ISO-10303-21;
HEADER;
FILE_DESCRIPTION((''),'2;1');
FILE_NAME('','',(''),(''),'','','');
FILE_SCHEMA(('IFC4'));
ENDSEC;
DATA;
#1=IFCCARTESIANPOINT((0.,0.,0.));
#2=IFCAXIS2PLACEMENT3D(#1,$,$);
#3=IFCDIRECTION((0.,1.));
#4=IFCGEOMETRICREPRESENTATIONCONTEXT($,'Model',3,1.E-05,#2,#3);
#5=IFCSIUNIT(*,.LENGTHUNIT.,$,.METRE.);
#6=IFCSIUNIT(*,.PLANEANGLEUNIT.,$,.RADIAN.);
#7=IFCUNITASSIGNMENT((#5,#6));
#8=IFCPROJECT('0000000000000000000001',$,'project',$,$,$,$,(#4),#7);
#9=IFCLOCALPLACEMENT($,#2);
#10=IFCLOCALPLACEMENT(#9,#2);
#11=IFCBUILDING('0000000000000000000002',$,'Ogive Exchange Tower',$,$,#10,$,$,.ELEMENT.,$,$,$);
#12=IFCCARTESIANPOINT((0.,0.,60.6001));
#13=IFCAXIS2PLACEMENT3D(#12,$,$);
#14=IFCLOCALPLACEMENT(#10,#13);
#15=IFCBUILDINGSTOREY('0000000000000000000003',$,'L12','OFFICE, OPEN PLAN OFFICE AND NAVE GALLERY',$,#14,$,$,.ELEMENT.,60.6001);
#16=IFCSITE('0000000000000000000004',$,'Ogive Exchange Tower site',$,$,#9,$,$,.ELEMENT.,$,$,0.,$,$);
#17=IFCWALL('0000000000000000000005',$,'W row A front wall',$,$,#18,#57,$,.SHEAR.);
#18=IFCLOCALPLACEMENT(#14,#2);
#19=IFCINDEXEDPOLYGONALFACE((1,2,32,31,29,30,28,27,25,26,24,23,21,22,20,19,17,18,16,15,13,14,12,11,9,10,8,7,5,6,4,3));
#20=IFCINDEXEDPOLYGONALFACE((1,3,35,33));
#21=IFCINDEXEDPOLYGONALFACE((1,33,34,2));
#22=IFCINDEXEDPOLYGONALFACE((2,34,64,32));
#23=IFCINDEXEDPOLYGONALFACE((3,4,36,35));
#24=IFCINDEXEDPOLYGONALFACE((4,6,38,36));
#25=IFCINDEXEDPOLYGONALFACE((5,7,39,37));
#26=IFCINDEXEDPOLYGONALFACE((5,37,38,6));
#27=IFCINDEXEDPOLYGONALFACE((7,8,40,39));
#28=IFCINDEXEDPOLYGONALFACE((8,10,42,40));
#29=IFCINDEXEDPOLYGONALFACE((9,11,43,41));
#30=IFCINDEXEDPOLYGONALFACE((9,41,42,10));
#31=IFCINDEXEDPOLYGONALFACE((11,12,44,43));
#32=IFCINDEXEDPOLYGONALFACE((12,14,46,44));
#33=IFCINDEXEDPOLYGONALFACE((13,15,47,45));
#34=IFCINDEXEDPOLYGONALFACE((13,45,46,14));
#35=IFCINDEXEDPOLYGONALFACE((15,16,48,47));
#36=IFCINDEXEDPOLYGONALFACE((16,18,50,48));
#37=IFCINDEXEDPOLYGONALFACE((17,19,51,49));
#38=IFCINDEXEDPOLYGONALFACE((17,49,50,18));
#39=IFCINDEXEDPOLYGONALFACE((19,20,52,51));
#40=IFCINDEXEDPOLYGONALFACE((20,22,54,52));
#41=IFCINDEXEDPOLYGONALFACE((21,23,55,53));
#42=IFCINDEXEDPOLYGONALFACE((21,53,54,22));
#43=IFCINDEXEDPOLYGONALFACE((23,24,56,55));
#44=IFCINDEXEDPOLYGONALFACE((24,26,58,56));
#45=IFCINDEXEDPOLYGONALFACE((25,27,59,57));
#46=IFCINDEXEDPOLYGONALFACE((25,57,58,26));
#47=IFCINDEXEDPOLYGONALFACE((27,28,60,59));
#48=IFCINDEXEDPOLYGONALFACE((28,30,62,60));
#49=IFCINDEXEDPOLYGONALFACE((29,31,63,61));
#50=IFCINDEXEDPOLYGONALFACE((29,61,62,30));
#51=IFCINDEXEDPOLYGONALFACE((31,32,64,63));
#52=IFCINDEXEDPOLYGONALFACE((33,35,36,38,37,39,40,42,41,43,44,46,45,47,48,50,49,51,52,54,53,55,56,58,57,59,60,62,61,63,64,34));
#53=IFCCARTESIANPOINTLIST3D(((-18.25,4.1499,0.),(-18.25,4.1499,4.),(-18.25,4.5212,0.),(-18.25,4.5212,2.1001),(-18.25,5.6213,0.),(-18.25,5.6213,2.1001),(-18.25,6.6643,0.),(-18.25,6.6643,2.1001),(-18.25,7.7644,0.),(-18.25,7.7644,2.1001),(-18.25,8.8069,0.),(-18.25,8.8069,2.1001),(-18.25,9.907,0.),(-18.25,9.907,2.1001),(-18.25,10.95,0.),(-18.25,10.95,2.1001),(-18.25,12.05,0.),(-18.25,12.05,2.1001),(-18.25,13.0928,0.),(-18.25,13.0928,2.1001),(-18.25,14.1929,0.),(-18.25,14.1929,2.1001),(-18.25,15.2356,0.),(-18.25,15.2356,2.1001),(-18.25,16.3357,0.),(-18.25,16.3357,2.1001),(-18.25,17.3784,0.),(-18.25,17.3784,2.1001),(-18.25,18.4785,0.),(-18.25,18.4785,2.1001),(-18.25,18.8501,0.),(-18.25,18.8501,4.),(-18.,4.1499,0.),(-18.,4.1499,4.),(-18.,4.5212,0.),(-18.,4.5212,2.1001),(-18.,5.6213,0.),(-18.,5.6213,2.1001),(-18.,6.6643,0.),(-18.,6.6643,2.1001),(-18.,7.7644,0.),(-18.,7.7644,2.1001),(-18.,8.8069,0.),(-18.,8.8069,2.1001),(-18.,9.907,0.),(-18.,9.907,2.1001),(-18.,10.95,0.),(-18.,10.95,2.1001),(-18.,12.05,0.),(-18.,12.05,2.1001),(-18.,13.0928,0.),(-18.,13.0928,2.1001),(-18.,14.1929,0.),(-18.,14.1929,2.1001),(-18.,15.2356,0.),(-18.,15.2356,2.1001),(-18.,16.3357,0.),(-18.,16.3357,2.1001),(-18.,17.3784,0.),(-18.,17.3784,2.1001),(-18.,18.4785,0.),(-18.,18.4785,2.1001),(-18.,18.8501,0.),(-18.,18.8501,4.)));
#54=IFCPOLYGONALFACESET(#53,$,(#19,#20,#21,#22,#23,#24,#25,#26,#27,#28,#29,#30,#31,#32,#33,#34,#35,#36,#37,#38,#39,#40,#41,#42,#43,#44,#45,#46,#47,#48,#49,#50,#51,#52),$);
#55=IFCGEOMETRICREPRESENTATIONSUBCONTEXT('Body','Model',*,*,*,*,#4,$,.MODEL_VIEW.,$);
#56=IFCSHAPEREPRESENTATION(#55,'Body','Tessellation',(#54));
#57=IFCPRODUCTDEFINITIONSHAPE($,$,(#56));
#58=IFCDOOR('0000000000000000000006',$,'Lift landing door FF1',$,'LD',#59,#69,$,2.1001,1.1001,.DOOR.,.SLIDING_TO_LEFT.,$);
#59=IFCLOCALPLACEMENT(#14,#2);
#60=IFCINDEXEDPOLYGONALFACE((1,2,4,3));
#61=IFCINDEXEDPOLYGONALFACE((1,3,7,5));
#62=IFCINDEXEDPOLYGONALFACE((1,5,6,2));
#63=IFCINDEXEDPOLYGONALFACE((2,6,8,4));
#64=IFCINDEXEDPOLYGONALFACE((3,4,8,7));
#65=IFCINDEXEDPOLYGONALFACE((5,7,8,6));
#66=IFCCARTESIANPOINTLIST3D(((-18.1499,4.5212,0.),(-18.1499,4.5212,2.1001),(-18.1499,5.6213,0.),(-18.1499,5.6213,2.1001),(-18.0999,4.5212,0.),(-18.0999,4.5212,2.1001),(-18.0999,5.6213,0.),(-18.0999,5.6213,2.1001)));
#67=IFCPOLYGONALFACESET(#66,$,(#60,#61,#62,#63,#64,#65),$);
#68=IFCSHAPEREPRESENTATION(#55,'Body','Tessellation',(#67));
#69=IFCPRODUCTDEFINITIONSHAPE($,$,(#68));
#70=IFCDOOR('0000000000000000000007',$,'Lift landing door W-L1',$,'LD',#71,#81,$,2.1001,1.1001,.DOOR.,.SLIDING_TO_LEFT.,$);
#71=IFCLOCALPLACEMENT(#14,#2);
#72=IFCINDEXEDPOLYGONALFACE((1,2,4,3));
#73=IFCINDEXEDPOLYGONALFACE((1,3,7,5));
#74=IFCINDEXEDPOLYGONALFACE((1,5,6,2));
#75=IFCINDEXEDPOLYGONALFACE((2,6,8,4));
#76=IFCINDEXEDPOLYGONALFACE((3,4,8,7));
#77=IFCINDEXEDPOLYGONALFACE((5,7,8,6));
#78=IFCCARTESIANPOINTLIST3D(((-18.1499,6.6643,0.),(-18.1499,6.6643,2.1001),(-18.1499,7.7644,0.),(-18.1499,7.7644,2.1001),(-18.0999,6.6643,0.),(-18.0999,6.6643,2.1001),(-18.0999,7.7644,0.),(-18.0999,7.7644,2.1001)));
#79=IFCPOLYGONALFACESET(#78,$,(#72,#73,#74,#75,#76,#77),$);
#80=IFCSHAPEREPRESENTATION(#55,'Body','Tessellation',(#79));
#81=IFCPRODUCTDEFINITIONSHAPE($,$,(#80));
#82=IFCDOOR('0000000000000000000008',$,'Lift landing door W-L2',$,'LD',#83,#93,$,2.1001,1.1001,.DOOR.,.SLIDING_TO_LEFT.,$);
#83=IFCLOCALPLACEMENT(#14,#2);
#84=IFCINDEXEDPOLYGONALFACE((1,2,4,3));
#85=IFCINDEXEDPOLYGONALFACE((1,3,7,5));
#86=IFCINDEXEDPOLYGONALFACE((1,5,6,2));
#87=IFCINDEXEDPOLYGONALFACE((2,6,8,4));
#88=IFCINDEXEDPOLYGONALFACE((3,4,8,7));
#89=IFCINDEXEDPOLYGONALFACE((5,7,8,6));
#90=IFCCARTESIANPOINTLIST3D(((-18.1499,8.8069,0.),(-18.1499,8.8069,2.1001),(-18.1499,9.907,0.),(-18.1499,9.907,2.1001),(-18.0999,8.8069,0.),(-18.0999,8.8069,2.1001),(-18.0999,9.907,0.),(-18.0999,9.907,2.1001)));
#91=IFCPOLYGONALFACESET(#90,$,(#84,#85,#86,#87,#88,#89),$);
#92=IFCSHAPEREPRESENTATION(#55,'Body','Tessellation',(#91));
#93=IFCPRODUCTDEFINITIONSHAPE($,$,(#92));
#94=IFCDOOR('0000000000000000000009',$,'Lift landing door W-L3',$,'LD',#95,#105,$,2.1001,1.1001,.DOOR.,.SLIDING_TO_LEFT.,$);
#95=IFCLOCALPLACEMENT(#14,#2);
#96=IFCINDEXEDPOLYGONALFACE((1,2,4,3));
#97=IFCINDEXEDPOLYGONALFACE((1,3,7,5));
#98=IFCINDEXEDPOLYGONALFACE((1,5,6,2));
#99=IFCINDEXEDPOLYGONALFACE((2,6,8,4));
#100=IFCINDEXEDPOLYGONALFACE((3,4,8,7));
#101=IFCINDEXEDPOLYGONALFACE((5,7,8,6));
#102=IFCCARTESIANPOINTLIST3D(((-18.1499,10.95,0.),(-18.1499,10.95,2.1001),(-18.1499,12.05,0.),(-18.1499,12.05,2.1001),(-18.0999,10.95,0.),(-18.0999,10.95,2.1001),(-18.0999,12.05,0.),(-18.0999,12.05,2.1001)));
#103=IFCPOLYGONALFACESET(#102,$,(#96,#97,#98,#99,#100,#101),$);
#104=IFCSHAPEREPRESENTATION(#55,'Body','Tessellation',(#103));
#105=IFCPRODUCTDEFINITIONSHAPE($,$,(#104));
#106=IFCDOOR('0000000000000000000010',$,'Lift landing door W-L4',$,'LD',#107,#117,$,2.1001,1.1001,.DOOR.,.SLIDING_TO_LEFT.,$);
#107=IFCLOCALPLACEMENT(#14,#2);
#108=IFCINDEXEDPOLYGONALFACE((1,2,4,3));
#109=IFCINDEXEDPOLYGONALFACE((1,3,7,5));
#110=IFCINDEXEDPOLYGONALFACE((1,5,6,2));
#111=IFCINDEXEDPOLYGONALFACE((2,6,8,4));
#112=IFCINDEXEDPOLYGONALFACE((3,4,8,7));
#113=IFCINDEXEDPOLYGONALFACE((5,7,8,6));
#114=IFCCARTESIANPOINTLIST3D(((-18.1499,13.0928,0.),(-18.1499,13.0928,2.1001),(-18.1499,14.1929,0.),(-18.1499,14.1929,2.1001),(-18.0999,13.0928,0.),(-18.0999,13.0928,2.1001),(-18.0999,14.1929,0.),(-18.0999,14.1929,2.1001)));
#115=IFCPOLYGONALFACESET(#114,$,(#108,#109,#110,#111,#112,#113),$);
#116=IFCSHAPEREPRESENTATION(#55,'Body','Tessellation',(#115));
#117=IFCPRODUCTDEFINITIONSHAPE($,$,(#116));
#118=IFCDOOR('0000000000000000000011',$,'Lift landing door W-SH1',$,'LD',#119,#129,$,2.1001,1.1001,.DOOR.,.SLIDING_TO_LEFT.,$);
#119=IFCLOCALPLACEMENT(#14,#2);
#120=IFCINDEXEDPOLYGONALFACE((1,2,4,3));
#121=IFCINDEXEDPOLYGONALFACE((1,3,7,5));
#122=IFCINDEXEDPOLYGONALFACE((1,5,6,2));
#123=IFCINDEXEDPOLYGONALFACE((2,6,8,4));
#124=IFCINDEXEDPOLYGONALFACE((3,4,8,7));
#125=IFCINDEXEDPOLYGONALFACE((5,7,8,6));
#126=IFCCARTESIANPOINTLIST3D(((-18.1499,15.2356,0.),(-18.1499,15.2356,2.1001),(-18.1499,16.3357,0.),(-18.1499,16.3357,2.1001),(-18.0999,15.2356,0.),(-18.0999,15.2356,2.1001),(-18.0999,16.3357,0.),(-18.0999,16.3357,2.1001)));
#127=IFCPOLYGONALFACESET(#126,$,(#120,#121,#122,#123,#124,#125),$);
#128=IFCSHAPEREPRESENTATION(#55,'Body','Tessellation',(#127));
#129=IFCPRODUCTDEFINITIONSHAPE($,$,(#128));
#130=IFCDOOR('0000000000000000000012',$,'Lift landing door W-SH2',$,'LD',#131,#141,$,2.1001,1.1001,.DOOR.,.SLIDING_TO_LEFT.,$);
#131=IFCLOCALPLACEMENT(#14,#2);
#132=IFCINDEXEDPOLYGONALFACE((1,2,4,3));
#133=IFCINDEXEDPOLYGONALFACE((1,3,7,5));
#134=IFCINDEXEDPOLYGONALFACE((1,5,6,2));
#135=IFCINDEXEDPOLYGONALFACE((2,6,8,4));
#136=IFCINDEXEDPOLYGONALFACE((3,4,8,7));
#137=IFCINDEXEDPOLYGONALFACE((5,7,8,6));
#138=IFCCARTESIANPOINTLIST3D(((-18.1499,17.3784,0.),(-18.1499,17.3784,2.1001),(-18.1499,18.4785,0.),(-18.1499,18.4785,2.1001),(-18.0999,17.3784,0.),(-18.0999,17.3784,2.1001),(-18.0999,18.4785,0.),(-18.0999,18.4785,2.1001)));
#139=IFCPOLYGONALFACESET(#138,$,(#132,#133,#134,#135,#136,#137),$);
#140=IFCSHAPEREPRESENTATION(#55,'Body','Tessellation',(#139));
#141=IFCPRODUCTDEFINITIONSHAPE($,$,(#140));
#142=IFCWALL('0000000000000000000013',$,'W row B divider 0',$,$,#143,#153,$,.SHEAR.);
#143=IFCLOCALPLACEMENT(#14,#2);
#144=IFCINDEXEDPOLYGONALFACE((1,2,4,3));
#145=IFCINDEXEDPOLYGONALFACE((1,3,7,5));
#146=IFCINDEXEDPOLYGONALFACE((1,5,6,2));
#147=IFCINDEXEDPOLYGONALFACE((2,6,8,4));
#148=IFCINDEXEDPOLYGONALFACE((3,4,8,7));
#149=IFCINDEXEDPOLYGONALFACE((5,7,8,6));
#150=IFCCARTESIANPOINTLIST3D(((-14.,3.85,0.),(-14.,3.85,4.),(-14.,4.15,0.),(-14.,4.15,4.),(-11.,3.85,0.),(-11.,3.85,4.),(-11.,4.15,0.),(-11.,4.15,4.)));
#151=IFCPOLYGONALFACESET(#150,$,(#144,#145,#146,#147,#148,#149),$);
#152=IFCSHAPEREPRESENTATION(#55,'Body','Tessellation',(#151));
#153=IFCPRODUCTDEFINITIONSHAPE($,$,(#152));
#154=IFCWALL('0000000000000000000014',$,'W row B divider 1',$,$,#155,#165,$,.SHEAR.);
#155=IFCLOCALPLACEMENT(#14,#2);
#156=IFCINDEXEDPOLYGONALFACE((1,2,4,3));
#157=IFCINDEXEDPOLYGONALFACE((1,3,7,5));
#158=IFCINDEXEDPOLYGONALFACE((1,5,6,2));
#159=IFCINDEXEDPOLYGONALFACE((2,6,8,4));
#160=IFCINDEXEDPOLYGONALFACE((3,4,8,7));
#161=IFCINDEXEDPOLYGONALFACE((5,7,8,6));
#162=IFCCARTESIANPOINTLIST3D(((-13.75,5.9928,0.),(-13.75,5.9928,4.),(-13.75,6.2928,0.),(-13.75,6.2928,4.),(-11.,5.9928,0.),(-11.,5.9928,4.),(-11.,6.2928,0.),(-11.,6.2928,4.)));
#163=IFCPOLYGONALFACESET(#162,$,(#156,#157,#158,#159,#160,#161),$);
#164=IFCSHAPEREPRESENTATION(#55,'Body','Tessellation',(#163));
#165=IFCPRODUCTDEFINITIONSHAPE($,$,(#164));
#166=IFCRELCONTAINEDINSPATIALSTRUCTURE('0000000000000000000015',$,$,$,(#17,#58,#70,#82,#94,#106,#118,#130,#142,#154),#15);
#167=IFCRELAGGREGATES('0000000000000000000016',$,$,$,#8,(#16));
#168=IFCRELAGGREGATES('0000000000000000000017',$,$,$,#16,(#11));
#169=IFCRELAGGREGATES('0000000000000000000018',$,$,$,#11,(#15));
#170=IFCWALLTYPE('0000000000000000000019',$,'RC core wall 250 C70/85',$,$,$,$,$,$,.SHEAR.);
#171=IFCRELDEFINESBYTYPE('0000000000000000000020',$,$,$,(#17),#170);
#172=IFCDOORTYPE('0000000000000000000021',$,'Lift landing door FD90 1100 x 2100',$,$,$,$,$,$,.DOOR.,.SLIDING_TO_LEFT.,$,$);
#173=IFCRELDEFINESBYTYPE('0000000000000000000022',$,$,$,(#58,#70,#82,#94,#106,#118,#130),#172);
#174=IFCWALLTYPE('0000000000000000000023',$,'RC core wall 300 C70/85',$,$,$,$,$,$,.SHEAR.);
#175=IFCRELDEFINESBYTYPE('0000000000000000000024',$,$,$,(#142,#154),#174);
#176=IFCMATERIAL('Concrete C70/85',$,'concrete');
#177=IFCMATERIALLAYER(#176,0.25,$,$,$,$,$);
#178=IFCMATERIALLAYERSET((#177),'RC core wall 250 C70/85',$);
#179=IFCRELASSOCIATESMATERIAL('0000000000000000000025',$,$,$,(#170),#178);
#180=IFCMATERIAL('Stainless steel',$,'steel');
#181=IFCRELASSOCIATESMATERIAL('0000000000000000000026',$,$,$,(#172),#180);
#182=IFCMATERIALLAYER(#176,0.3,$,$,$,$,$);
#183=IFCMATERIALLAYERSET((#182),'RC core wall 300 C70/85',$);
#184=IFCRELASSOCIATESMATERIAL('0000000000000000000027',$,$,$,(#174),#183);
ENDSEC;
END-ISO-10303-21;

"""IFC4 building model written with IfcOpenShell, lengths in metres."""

from ifc_helpers import new_model, si_unit, direction, frame, frame_2d, origin, place, context, subcontext, project, spatial, rectangle, extrude, material, layer, layer_set, type_object, element, fill, save


model = new_model("IFC4")

# Units and contexts
model_context = context("Model", 3, precision=1e-05, world=origin(), true_north=direction((0.0, 1.0)))
body_context = subcontext(model_context, "Body", "Model", "MODEL_VIEW")
ifc_project = project(units=[si_unit("LENGTHUNIT", "METRE"), si_unit("PLANEANGLEUNIT", "RADIAN")], contexts=[model_context])

# Site, building, storey
site_placement = place(None, origin())
site = spatial("IfcSite", under=ifc_project, at=site_placement, Name="Ogive Exchange Tower site", CompositionType="ELEMENT", RefElevation=0.0)
building_placement = place(site_placement, origin())
building = spatial("IfcBuilding", under=site, at=building_placement, Name="Ogive Exchange Tower", CompositionType="ELEMENT")
storey_placement = place(building_placement, frame((0.0, 0.0, 60.6001)))
storey = spatial("IfcBuildingStorey", under=building, at=storey_placement, Name="L12", Description="OFFICE, OPEN PLAN OFFICE AND NAVE GALLERY", CompositionType="ELEMENT", Elevation=60.6001)

# Shared definitions
ifc_material_1 = material(Name="Concrete C70/85", Category="concrete")
ifc_layer_1 = layer(ifc_material_1, 0.25)
ifc_layer_set_1 = layer_set([ifc_layer_1], Name="RC core wall 250 C70/85")
wall_type_1 = type_object("IfcWallType", Name="RC core wall 250 C70/85", PredefinedType="SHEAR", material=ifc_layer_set_1)

# Wall, openings, doors
wall_1_placement = place(storey_placement, frame((-18.125, 4.1499, 0.0), z_axis=(0.0, 0.0, 1.0), x_axis=(0.0, 1.0, 0.0)))
wall_1 = element("IfcWall", 1, at=wall_1_placement, inside=storey, type_object=wall_type_1, Name="W row A front wall", PredefinedType="SHEAR", context=body_context, shape_type="SweptSolid", body=[
    extrude(rectangle(XDim=14.7002, YDim=0.25, at=frame_2d((7.3501, 0.0))), origin(), (0.0, 0.0, 1.0), 4.0),
])
opening_1_placement = place(wall_1_placement, frame((0.3713, 0.0, 0.0)))
opening_1 = element("IfcOpeningElement", 2, at=opening_1_placement, cuts=wall_1, PredefinedType="OPENING", context=body_context, shape_type="SweptSolid", body=[
    extrude(rectangle(XDim=1.1001, YDim=2.1001, at=frame_2d((0.55, 1.05))), frame((0.0, 0.135, 0.0), z_axis=(0.0, -1.0, 0.0), x_axis=(1.0, 0.0, 0.0)), (0.0, 0.0, 1.0), 0.27),
])
opening_2_placement = place(wall_1_placement, frame((2.5144, 0.0, 0.0)))
opening_2 = element("IfcOpeningElement", 3, at=opening_2_placement, cuts=wall_1, PredefinedType="OPENING", context=body_context, shape_type="SweptSolid", body=[
    extrude(rectangle(XDim=1.1001, YDim=2.1001, at=frame_2d((0.55, 1.05))), frame((0.0, 0.135, 0.0), z_axis=(0.0, -1.0, 0.0), x_axis=(1.0, 0.0, 0.0)), (0.0, 0.0, 1.0), 0.27),
])
opening_3_placement = place(wall_1_placement, frame((4.657, 0.0, 0.0)))
opening_3 = element("IfcOpeningElement", 4, at=opening_3_placement, cuts=wall_1, PredefinedType="OPENING", context=body_context, shape_type="SweptSolid", body=[
    extrude(rectangle(XDim=1.1001, YDim=2.1001, at=frame_2d((0.55, 1.05))), frame((0.0, 0.135, 0.0), z_axis=(0.0, -1.0, 0.0), x_axis=(1.0, 0.0, 0.0)), (0.0, 0.0, 1.0), 0.27),
])
opening_4_placement = place(wall_1_placement, frame((6.8, 0.0, 0.0)))
opening_4 = element("IfcOpeningElement", 5, at=opening_4_placement, cuts=wall_1, PredefinedType="OPENING", context=body_context, shape_type="SweptSolid", body=[
    extrude(rectangle(XDim=1.1001, YDim=2.1001, at=frame_2d((0.55, 1.05))), frame((0.0, 0.135, 0.0), z_axis=(0.0, -1.0, 0.0), x_axis=(1.0, 0.0, 0.0)), (0.0, 0.0, 1.0), 0.27),
])
opening_5_placement = place(wall_1_placement, frame((8.9429, 0.0, 0.0)))
opening_5 = element("IfcOpeningElement", 6, at=opening_5_placement, cuts=wall_1, PredefinedType="OPENING", context=body_context, shape_type="SweptSolid", body=[
    extrude(rectangle(XDim=1.1001, YDim=2.1001, at=frame_2d((0.55, 1.05))), frame((0.0, 0.135, 0.0), z_axis=(0.0, -1.0, 0.0), x_axis=(1.0, 0.0, 0.0)), (0.0, 0.0, 1.0), 0.27),
])
opening_6_placement = place(wall_1_placement, frame((11.0857, 0.0, 0.0)))
opening_6 = element("IfcOpeningElement", 7, at=opening_6_placement, cuts=wall_1, PredefinedType="OPENING", context=body_context, shape_type="SweptSolid", body=[
    extrude(rectangle(XDim=1.1001, YDim=2.1001, at=frame_2d((0.55, 1.05))), frame((0.0, 0.135, 0.0), z_axis=(0.0, -1.0, 0.0), x_axis=(1.0, 0.0, 0.0)), (0.0, 0.0, 1.0), 0.27),
])
opening_7_placement = place(wall_1_placement, frame((13.2285, 0.0, 0.0)))
opening_7 = element("IfcOpeningElement", 8, at=opening_7_placement, cuts=wall_1, PredefinedType="OPENING", context=body_context, shape_type="SweptSolid", body=[
    extrude(rectangle(XDim=1.1001, YDim=2.1001, at=frame_2d((0.55, 1.05))), frame((0.0, 0.135, 0.0), z_axis=(0.0, -1.0, 0.0), x_axis=(1.0, 0.0, 0.0)), (0.0, 0.0, 1.0), 0.27),
])
ifc_material_2 = material(Name="Stainless steel", Category="steel")
door_type_1 = type_object("IfcDoorType", Name="Lift landing door FD90 1100 x 2100", OperationType="SLIDING_TO_LEFT", PredefinedType="DOOR", material=ifc_material_2)
door_1_placement = place(opening_1_placement, origin())
door_1 = element("IfcDoor", 9, at=door_1_placement, inside=storey, type_object=door_type_1, Name="Lift landing door FF1", ObjectType="LD", OperationType="SLIDING_TO_LEFT", OverallHeight=2.1001, OverallWidth=1.1001, PredefinedType="DOOR", context=body_context, shape_type="SweptSolid", body=[
    extrude(rectangle(XDim=1.1001, YDim=2.1001, at=frame_2d((0.55, 1.05))), frame((0.0, 0.0249, 0.0), z_axis=(0.0, -1.0, 0.0), x_axis=(1.0, 0.0, 0.0)), (0.0, 0.0, 1.0), 0.05),
])
fill(opening_1, door_1)
door_2_placement = place(opening_2_placement, origin())
door_2 = element("IfcDoor", 10, at=door_2_placement, inside=storey, type_object=door_type_1, Name="Lift landing door W-L1", ObjectType="LD", OperationType="SLIDING_TO_LEFT", OverallHeight=2.1001, OverallWidth=1.1001, PredefinedType="DOOR", context=body_context, shape_type="SweptSolid", body=[
    extrude(rectangle(XDim=1.1001, YDim=2.1001, at=frame_2d((0.55, 1.05))), frame((0.0, 0.0249, 0.0), z_axis=(0.0, -1.0, 0.0), x_axis=(1.0, 0.0, 0.0)), (0.0, 0.0, 1.0), 0.05),
])
fill(opening_2, door_2)
door_3_placement = place(opening_3_placement, origin())
door_3 = element("IfcDoor", 11, at=door_3_placement, inside=storey, type_object=door_type_1, Name="Lift landing door W-L2", ObjectType="LD", OperationType="SLIDING_TO_LEFT", OverallHeight=2.1001, OverallWidth=1.1001, PredefinedType="DOOR", context=body_context, shape_type="SweptSolid", body=[
    extrude(rectangle(XDim=1.1001, YDim=2.1001, at=frame_2d((0.55, 1.05))), frame((0.0, 0.0249, 0.0), z_axis=(0.0, -1.0, 0.0), x_axis=(1.0, 0.0, 0.0)), (0.0, 0.0, 1.0), 0.05),
])
fill(opening_3, door_3)
door_4_placement = place(opening_4_placement, origin())
door_4 = element("IfcDoor", 12, at=door_4_placement, inside=storey, type_object=door_type_1, Name="Lift landing door W-L3", ObjectType="LD", OperationType="SLIDING_TO_LEFT", OverallHeight=2.1001, OverallWidth=1.1001, PredefinedType="DOOR", context=body_context, shape_type="SweptSolid", body=[
    extrude(rectangle(XDim=1.1001, YDim=2.1001, at=frame_2d((0.55, 1.05))), frame((0.0, 0.0249, 0.0), z_axis=(0.0, -1.0, 0.0), x_axis=(1.0, 0.0, 0.0)), (0.0, 0.0, 1.0), 0.05),
])
fill(opening_4, door_4)
door_5_placement = place(opening_5_placement, origin())
door_5 = element("IfcDoor", 13, at=door_5_placement, inside=storey, type_object=door_type_1, Name="Lift landing door W-L4", ObjectType="LD", OperationType="SLIDING_TO_LEFT", OverallHeight=2.1001, OverallWidth=1.1001, PredefinedType="DOOR", context=body_context, shape_type="SweptSolid", body=[
    extrude(rectangle(XDim=1.1001, YDim=2.1001, at=frame_2d((0.55, 1.05))), frame((0.0, 0.0249, 0.0), z_axis=(0.0, -1.0, 0.0), x_axis=(1.0, 0.0, 0.0)), (0.0, 0.0, 1.0), 0.05),
])
fill(opening_5, door_5)
door_6_placement = place(opening_6_placement, origin())
door_6 = element("IfcDoor", 14, at=door_6_placement, inside=storey, type_object=door_type_1, Name="Lift landing door W-SH1", ObjectType="LD", OperationType="SLIDING_TO_LEFT", OverallHeight=2.1001, OverallWidth=1.1001, PredefinedType="DOOR", context=body_context, shape_type="SweptSolid", body=[
    extrude(rectangle(XDim=1.1001, YDim=2.1001, at=frame_2d((0.55, 1.05))), frame((0.0, 0.0249, 0.0), z_axis=(0.0, -1.0, 0.0), x_axis=(1.0, 0.0, 0.0)), (0.0, 0.0, 1.0), 0.05),
])
fill(opening_6, door_6)
door_7_placement = place(opening_7_placement, origin())
door_7 = element("IfcDoor", 15, at=door_7_placement, inside=storey, type_object=door_type_1, Name="Lift landing door W-SH2", ObjectType="LD", OperationType="SLIDING_TO_LEFT", OverallHeight=2.1001, OverallWidth=1.1001, PredefinedType="DOOR", context=body_context, shape_type="SweptSolid", body=[
    extrude(rectangle(XDim=1.1001, YDim=2.1001, at=frame_2d((0.55, 1.05))), frame((0.0, 0.0249, 0.0), z_axis=(0.0, -1.0, 0.0), x_axis=(1.0, 0.0, 0.0)), (0.0, 0.0, 1.0), 0.05),
])
fill(opening_7, door_7)

# Walls
ifc_layer_2 = layer(ifc_material_1, 0.3)
ifc_layer_set_2 = layer_set([ifc_layer_2], Name="RC core wall 300 C70/85")
wall_type_2 = type_object("IfcWallType", Name="RC core wall 300 C70/85", PredefinedType="SHEAR", material=ifc_layer_set_2)
wall_2_placement = place(storey_placement, frame((-14.0, 4.0, 0.0), z_axis=(0.0, 0.0, 1.0), x_axis=(1.0, 0.0, 0.0)))
element("IfcWall", 16, at=wall_2_placement, inside=storey, type_object=wall_type_2, Name="W row B divider 0", PredefinedType="SHEAR", context=body_context, shape_type="SweptSolid", body=[
    extrude(rectangle(XDim=3.0, YDim=0.3, at=frame_2d((1.5, 0.0))), origin(), (0.0, 0.0, 1.0), 4.0),
])
wall_3_placement = place(storey_placement, frame((-13.75, 6.1428, 0.0), z_axis=(0.0, 0.0, 1.0), x_axis=(1.0, 0.0, 0.0)))
element("IfcWall", 17, at=wall_3_placement, inside=storey, type_object=wall_type_2, Name="W row B divider 1", PredefinedType="SHEAR", context=body_context, shape_type="SweptSolid", body=[
    extrude(rectangle(XDim=2.75, YDim=0.3, at=frame_2d((1.375, 0.0))), origin(), (0.0, 0.0, 1.0), 4.0),
])

save(model, "model.ifc")
